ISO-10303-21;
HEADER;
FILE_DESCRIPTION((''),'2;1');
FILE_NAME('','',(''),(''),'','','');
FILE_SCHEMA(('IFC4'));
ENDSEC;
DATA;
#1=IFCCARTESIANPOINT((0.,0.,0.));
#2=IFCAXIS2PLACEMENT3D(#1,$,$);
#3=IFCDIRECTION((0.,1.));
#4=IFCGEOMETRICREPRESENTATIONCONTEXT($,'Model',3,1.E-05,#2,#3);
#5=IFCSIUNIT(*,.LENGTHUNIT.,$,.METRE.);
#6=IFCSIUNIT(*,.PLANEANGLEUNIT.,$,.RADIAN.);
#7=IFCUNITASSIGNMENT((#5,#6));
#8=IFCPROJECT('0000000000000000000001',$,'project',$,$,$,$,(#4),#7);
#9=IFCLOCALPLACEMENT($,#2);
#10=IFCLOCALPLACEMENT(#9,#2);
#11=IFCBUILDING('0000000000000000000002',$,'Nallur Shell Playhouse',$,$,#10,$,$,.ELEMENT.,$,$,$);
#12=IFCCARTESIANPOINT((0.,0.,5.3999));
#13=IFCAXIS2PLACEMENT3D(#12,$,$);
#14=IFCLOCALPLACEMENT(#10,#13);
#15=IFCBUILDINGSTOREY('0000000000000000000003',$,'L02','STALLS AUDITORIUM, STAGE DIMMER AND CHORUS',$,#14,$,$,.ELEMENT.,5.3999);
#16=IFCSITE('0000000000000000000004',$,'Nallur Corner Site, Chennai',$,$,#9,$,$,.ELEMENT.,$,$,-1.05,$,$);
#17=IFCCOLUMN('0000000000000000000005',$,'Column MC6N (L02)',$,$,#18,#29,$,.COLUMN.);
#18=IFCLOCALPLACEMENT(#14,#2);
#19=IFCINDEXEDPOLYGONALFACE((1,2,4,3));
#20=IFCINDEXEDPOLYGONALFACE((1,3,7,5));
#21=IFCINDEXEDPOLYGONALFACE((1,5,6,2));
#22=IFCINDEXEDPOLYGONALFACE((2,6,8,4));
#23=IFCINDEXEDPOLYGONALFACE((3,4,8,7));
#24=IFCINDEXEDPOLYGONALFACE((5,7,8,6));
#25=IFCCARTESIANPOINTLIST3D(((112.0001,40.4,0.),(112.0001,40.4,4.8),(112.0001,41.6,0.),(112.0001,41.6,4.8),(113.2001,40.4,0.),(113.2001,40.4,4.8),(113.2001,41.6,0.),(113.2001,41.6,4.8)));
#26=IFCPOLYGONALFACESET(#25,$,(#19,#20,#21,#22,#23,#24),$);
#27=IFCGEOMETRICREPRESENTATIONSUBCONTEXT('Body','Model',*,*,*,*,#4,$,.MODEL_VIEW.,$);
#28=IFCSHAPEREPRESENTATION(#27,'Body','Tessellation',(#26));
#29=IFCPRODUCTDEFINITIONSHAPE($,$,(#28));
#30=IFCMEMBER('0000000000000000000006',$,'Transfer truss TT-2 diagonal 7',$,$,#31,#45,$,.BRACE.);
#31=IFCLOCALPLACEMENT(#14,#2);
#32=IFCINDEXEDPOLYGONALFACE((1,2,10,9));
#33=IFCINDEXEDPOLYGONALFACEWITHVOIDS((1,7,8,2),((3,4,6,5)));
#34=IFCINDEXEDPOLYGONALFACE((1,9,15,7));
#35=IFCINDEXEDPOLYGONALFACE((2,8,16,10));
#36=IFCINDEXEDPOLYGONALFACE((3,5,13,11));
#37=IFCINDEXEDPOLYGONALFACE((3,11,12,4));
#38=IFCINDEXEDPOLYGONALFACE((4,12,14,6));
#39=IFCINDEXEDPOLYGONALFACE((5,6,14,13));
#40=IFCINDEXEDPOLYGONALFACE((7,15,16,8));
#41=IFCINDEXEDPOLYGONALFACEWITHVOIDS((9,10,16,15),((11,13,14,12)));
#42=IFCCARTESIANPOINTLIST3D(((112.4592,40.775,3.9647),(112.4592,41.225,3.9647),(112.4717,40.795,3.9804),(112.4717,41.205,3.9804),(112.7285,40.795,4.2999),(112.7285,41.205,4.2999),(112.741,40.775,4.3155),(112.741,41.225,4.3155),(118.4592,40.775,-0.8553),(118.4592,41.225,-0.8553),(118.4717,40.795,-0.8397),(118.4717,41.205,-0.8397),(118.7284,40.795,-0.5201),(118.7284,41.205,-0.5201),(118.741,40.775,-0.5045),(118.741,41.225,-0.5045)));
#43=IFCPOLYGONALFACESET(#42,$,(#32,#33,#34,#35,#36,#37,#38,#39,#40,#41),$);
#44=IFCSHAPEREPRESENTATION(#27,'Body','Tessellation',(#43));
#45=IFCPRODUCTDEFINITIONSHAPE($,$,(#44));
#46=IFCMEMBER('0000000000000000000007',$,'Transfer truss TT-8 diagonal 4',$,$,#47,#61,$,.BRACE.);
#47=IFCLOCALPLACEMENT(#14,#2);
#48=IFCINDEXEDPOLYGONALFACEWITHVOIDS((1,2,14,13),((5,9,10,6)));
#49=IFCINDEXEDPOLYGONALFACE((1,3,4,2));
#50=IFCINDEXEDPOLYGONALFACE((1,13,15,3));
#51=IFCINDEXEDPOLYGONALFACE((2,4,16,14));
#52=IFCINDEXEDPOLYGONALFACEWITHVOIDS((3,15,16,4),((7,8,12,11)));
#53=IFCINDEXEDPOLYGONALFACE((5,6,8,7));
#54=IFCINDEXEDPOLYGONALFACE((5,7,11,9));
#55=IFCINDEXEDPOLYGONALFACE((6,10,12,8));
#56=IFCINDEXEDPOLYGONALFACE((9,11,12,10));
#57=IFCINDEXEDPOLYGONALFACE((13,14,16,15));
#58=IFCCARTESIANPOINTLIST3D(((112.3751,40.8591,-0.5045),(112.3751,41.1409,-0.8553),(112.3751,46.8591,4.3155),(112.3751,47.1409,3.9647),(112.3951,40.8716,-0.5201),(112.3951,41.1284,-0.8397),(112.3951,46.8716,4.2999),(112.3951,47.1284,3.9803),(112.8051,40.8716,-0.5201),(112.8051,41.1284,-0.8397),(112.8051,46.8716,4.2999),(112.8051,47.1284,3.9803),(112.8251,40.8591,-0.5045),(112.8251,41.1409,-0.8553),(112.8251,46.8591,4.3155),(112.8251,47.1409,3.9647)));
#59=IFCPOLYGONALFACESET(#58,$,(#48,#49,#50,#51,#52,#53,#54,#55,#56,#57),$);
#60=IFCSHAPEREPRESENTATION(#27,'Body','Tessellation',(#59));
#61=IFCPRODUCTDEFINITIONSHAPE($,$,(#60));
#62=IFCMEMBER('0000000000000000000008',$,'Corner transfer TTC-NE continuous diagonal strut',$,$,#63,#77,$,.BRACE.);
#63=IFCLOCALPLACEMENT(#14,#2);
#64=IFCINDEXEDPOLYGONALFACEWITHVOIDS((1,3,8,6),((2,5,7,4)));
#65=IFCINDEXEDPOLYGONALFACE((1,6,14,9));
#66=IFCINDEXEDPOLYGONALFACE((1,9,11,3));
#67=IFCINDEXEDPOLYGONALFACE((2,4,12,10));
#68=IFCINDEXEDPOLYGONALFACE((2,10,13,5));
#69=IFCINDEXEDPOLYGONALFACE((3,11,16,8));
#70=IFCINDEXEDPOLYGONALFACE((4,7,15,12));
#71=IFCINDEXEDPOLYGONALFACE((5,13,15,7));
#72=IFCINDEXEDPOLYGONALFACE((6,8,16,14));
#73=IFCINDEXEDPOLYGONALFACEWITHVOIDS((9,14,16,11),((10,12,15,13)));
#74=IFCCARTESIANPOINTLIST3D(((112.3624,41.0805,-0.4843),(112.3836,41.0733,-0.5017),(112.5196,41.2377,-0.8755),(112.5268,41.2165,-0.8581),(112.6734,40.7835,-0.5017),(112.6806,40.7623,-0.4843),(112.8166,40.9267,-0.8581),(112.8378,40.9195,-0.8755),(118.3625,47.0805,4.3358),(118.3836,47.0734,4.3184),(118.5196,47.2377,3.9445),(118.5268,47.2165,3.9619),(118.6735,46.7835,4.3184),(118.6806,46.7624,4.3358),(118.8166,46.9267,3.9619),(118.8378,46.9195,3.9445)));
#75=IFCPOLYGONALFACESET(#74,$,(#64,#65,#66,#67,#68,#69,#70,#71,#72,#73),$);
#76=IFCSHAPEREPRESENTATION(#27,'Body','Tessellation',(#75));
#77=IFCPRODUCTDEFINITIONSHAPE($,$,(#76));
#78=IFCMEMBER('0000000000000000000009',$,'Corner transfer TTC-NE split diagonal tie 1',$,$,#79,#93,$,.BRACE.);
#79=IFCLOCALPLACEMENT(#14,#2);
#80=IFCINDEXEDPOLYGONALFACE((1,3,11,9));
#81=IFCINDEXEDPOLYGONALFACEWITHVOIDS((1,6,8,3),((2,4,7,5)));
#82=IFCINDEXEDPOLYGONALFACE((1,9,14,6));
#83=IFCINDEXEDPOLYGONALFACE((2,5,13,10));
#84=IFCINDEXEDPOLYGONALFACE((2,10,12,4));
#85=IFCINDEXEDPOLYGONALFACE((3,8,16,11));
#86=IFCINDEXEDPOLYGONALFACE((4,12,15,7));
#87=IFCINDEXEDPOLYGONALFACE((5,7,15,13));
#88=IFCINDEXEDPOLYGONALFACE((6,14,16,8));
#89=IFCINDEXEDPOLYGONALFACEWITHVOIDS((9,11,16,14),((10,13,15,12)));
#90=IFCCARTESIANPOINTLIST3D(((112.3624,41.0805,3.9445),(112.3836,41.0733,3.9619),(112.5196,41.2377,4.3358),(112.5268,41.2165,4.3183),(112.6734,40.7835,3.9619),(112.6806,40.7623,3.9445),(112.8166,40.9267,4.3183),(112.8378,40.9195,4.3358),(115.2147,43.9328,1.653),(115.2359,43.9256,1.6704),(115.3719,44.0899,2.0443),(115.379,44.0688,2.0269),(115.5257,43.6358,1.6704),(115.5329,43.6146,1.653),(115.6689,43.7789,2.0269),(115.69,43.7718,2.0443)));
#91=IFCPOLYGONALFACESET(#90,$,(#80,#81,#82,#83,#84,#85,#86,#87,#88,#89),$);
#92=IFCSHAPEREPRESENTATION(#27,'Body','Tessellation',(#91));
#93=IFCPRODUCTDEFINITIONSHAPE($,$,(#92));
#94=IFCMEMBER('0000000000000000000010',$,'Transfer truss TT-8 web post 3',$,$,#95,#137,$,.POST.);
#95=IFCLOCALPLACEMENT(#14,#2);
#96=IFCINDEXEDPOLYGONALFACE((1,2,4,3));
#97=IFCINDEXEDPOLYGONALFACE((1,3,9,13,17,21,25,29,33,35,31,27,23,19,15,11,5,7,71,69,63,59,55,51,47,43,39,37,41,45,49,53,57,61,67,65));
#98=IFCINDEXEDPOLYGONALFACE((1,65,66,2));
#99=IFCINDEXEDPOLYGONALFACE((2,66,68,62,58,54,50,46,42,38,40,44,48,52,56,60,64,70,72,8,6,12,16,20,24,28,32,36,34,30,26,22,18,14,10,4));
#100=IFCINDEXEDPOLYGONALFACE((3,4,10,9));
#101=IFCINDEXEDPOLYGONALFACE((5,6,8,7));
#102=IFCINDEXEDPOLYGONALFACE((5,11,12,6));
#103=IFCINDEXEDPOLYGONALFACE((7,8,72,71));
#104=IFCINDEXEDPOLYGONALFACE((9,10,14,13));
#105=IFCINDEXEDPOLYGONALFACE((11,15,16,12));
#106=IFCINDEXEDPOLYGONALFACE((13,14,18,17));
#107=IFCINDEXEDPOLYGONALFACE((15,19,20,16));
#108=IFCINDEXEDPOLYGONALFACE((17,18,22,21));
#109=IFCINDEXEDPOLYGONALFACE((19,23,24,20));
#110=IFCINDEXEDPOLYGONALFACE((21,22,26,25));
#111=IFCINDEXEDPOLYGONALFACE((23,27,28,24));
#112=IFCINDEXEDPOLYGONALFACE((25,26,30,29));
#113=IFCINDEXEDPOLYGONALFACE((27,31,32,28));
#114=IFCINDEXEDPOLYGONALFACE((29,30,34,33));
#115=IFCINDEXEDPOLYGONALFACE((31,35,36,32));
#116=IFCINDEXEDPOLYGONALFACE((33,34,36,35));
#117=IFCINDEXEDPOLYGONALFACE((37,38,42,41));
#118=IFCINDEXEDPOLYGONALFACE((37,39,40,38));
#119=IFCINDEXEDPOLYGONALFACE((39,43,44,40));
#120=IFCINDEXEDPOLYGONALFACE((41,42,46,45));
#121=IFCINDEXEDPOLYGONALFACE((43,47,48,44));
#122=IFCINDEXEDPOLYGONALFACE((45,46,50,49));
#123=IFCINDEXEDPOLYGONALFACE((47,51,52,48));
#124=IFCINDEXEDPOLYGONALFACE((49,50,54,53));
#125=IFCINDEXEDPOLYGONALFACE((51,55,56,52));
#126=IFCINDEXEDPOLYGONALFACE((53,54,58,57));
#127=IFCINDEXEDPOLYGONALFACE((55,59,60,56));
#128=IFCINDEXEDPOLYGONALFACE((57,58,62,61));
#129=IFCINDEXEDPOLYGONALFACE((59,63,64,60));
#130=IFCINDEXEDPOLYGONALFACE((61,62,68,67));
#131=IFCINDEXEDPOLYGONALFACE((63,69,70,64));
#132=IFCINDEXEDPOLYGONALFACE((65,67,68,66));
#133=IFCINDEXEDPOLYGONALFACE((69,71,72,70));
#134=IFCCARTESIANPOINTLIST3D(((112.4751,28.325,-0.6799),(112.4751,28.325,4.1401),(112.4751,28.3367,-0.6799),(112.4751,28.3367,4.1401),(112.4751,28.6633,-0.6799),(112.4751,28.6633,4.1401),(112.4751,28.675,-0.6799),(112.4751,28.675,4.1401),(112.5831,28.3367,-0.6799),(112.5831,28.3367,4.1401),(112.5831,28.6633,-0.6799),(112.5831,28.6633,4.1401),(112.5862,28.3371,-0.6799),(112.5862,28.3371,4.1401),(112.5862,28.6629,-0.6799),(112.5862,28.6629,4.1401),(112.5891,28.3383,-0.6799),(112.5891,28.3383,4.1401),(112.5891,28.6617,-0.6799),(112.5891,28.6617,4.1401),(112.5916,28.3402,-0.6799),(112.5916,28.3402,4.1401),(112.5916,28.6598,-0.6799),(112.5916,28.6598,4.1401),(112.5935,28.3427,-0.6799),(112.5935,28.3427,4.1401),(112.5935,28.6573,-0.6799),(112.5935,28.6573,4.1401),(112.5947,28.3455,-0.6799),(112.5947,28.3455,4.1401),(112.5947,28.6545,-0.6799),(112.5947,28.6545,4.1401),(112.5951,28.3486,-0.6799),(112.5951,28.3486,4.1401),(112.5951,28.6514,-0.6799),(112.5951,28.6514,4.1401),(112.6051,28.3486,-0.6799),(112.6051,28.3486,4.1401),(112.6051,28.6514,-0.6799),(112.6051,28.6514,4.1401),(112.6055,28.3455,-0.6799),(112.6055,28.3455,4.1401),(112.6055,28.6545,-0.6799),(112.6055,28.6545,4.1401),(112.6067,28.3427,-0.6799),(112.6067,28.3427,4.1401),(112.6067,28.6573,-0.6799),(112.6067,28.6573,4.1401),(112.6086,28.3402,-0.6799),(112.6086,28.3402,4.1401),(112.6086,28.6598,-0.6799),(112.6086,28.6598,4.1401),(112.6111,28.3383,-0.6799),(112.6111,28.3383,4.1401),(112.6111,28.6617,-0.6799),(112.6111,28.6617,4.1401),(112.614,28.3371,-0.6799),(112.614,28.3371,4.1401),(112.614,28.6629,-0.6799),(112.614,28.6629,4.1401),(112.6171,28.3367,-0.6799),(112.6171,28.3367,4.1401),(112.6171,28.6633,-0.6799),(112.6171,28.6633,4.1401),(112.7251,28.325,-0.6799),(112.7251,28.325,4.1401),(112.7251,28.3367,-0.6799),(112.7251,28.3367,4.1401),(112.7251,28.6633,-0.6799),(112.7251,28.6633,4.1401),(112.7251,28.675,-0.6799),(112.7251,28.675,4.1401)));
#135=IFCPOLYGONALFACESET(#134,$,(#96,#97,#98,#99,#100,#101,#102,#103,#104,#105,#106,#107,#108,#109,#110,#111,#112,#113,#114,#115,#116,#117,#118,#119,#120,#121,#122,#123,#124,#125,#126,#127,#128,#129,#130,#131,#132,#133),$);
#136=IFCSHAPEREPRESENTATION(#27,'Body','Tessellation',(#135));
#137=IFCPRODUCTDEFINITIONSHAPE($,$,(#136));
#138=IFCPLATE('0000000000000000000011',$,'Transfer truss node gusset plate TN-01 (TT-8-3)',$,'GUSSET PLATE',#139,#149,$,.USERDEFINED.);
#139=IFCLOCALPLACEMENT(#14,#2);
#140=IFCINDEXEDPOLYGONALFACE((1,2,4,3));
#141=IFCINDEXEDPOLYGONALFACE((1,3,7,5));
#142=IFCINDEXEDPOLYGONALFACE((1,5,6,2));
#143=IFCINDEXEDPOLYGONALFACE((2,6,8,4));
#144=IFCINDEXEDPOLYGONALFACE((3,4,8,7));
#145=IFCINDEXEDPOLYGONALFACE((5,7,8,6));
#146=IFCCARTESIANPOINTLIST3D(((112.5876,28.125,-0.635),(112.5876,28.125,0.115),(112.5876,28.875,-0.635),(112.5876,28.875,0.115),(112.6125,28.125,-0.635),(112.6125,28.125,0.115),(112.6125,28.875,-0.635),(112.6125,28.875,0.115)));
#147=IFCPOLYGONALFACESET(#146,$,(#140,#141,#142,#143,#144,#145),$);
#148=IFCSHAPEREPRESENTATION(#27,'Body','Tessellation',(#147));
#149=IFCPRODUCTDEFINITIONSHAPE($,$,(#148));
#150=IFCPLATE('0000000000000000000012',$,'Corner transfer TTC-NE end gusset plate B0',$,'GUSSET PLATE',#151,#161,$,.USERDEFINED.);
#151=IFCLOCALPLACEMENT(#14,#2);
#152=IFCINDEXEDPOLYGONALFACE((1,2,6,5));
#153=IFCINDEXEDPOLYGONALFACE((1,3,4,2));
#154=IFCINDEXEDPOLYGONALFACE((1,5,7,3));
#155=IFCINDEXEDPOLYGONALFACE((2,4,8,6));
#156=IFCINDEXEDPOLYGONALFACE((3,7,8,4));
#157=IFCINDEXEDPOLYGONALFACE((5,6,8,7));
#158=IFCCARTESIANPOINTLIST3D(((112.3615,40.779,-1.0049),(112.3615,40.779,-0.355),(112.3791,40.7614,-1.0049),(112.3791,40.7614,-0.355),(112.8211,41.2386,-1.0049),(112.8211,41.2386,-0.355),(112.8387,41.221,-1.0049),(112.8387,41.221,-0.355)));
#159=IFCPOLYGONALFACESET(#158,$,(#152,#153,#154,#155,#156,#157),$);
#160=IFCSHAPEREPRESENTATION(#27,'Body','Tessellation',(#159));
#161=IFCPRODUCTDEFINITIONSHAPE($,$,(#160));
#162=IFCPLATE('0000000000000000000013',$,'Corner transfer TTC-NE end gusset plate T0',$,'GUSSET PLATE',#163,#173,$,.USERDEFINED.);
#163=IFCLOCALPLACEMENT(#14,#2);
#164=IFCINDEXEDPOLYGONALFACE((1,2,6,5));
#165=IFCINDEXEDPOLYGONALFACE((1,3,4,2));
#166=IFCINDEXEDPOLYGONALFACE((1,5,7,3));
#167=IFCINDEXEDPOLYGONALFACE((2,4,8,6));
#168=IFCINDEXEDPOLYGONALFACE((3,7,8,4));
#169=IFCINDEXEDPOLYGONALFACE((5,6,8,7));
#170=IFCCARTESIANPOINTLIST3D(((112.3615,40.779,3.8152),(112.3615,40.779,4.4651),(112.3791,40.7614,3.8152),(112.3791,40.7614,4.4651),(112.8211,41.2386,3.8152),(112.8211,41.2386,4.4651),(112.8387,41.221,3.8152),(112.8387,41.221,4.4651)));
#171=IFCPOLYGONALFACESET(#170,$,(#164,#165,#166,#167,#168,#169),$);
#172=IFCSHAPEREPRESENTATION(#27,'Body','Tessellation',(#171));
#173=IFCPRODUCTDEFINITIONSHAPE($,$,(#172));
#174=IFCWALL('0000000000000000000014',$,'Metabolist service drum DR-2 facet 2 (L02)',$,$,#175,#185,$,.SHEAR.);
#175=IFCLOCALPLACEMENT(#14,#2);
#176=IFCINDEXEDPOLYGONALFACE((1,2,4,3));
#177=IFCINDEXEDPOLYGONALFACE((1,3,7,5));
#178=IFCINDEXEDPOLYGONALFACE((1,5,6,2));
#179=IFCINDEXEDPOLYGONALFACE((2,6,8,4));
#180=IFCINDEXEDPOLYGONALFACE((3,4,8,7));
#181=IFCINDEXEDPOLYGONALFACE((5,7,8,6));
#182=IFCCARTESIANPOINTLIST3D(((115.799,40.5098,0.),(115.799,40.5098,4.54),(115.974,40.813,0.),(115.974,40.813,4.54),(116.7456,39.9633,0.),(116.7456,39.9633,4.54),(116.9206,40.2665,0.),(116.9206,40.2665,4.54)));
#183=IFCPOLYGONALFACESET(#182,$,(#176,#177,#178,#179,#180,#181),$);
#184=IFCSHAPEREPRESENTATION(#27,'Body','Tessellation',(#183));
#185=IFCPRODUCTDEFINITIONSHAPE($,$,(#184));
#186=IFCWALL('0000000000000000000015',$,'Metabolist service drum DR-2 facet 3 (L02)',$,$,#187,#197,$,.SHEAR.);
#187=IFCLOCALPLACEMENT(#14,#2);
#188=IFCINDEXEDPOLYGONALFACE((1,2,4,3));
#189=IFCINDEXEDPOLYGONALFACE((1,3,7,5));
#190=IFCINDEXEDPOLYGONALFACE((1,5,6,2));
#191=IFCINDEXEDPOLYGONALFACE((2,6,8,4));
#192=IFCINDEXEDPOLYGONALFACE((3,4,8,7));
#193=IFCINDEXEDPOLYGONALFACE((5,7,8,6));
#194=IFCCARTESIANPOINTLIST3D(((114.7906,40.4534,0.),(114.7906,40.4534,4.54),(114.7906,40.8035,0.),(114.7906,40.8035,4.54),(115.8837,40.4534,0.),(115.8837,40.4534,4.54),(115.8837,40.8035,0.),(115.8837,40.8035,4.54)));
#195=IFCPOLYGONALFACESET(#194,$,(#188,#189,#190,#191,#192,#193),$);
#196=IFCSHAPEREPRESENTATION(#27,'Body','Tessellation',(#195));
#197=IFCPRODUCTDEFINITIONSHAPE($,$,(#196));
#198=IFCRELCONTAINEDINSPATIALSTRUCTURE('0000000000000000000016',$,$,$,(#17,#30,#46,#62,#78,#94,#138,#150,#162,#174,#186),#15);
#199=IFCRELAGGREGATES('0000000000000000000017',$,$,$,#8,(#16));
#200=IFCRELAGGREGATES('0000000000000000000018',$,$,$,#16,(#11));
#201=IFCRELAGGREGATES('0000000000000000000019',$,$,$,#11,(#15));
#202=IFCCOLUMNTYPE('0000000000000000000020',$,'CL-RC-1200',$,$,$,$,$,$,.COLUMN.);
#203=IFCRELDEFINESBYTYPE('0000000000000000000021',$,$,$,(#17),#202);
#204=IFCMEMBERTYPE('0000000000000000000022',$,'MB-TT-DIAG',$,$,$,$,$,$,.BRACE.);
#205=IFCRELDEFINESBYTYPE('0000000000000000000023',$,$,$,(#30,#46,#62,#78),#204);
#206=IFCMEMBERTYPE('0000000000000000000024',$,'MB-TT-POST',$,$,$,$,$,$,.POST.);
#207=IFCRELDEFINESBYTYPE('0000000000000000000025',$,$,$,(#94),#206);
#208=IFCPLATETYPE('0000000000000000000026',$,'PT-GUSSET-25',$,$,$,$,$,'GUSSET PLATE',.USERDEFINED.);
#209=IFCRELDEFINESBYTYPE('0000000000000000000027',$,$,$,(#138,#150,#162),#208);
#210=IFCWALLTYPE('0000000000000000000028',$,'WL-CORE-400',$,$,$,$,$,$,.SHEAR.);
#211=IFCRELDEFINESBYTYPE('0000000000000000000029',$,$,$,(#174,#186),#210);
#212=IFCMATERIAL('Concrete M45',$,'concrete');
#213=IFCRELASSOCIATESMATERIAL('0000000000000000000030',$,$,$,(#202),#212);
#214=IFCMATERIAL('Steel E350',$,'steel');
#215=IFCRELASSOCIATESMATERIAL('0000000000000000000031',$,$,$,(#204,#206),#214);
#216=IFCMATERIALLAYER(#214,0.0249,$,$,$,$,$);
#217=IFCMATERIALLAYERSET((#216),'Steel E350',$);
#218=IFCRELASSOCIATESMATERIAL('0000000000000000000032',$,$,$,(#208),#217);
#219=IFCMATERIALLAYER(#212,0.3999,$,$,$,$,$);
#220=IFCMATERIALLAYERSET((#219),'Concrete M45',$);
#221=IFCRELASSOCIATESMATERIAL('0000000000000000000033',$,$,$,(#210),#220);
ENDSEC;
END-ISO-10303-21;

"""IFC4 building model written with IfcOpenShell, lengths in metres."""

from ifc_helpers import new_model, si_unit, direction, frame, frame_2d, origin, origin_2d, place, context, subcontext, project, spatial, rectangle, hollow_rectangle, i_section, extrude, material, layer, layer_set, material_profile, profile_set, type_object, element, save


model = new_model("IFC4")

# Units and contexts
model_context = context("Model", 3, precision=1e-05, world=origin(), true_north=direction((0.0, 1.0)))
body_context = subcontext(model_context, "Body", "Model", "MODEL_VIEW")
ifc_project = project(units=[si_unit("LENGTHUNIT", "METRE"), si_unit("PLANEANGLEUNIT", "RADIAN")], contexts=[model_context])

# Site, building, storey
site_placement = place(None, origin())
site = spatial("IfcSite", under=ifc_project, at=site_placement, Name="Nallur Corner Site, Chennai", CompositionType="ELEMENT", RefElevation=-1.05)
building_placement = place(site_placement, origin())
building = spatial("IfcBuilding", under=site, at=building_placement, Name="Nallur Shell Playhouse", CompositionType="ELEMENT")
storey_placement = place(building_placement, frame((0.0, 0.0, 5.3999)))
storey = spatial("IfcBuildingStorey", under=building, at=storey_placement, Name="L02", Description="STALLS AUDITORIUM, STAGE DIMMER AND CHORUS", CompositionType="ELEMENT", Elevation=5.3999)

# Column
ifc_material_1 = material(Name="Concrete M45", Category="concrete")
ifc_material_profile_1 = material_profile(ifc_material_1, rectangle(XDim=1.2, YDim=1.2, at=origin_2d()), Name="RC 1200x1200")
ifc_profile_set_1 = profile_set([ifc_material_profile_1], Name="Concrete M45")
column_type = type_object("IfcColumnType", Name="CL-RC-1200", PredefinedType="COLUMN", material=ifc_profile_set_1)
column_placement = place(storey_placement, frame((112.6001, 41.0, 0.0), z_axis=(0.0, 0.0, 1.0), x_axis=(1.0, 0.0, 0.0)))
element("IfcColumn", 1, at=column_placement, inside=storey, type_object=column_type, Name="Column MC6N (L02)", PredefinedType="COLUMN", context=body_context, shape_type="SweptSolid", body=[
    extrude(rectangle(XDim=1.2, YDim=1.2, at=origin_2d()), origin(), (0.0, 0.0, 1.0), 4.8),
])

# Members
ifc_material_2 = material(Name="Steel E350", Category="steel")
ifc_material_profile_2 = material_profile(ifc_material_2, hollow_rectangle(XDim=0.45, YDim=0.45, WallThickness=0.02, at=origin_2d()), Name="BOX 450x450x20")
ifc_profile_set_2 = profile_set([ifc_material_profile_2], Name="Steel E350")
member_type_1 = type_object("IfcMemberType", Name="MB-TT-DIAG", PredefinedType="BRACE", material=ifc_profile_set_2)
for number, where, z_axis, x_axis, name in (
    (2, (112.6001, 41.0, 4.1401), (0.779595, 0.0, -0.626284), (0.0, 1.0, 0.0), "Transfer truss TT-2 diagonal 7"),
    (3, (112.6001, 41.0, -0.6799), (0.0, 0.779595, 0.626284), (-1.0, 0.0, 0.0), "Transfer truss TT-8 diagonal 4"),
):
    element("IfcMember", number, at=place(storey_placement, frame(where, z_axis=z_axis, x_axis=x_axis)), inside=storey, type_object=member_type_1, Name=name, PredefinedType="BRACE", context=body_context, shape_type="SweptSolid", body=[
        extrude(hollow_rectangle(XDim=0.45, YDim=0.45, WallThickness=0.02, at=origin_2d()), origin(), (0.0, 0.0, 1.0), 7.6963),
    ])
member_1_placement = place(storey_placement, frame((112.6001, 41.0, -0.6799), z_axis=(0.614833, 0.614833, 0.493923), x_axis=(-0.707107, 0.707107, 0.0)))
element("IfcMember", 4, at=member_1_placement, inside=storey, type_object=member_type_1, Name="Corner transfer TTC-NE continuous diagonal strut", PredefinedType="BRACE", context=body_context, shape_type="SweptSolid", body=[
    extrude(hollow_rectangle(XDim=0.45, YDim=0.45, WallThickness=0.02, at=origin_2d()), origin(), (0.0, 0.0, 1.0), 9.7588),
])
member_2_placement = place(storey_placement, frame((112.6001, 41.0, 4.1401), z_axis=(0.614825, 0.614825, -0.493944), x_axis=(-0.707107, 0.707107, 0.0)))
element("IfcMember", 5, at=member_2_placement, inside=storey, type_object=member_type_1, Name="Corner transfer TTC-NE split diagonal tie 1", PredefinedType="BRACE", context=body_context, shape_type="SweptSolid", body=[
    extrude(hollow_rectangle(XDim=0.45, YDim=0.45, WallThickness=0.02, at=origin_2d()), origin(), (0.0, 0.0, 1.0), 4.6392),
])
ifc_material_profile_3 = material_profile(ifc_material_2, i_section(OverallWidth=0.25, OverallDepth=0.3501, WebThickness=0.01, FlangeThickness=0.0117, FilletRadius=0.012, at=origin_2d()), Name="ISHB 350")
ifc_profile_set_3 = profile_set([ifc_material_profile_3], Name="Steel E350")
member_type_2 = type_object("IfcMemberType", Name="MB-TT-POST", PredefinedType="POST", material=ifc_profile_set_3)
member_3_placement = place(storey_placement, frame((112.6001, 28.5, -0.6799), z_axis=(0.0, 0.0, 1.0), x_axis=(1.0, 0.0, 0.0)))
element("IfcMember", 6, at=member_3_placement, inside=storey, type_object=member_type_2, Name="Transfer truss TT-8 web post 3", PredefinedType="POST", context=body_context, shape_type="SweptSolid", body=[
    extrude(i_section(OverallWidth=0.25, OverallDepth=0.3501, WebThickness=0.01, FlangeThickness=0.0117, FilletRadius=0.012, at=origin_2d()), origin(), (0.0, 0.0, 1.0), 4.8201),
])

# Plates
ifc_layer_1 = layer(ifc_material_2, 0.0249)
ifc_layer_set_1 = layer_set([ifc_layer_1], Name="Steel E350")
plate_type = type_object("IfcPlateType", Name="PT-GUSSET-25", ElementType="GUSSET PLATE", PredefinedType="USERDEFINED", material=ifc_layer_set_1)
plate_placement = place(storey_placement, frame((112.6001, 28.5, -0.635), z_axis=(0.0, 0.0, 1.0), x_axis=(1.0, 0.0, 0.0)))
element("IfcPlate", 7, at=plate_placement, inside=storey, type_object=plate_type, Name="Transfer truss node gusset plate TN-01 (TT-8-3)", ObjectType="GUSSET PLATE", PredefinedType="USERDEFINED", context=body_context, shape_type="SweptSolid", body=[
    extrude(rectangle(XDim=0.0249, YDim=0.75, at=origin_2d()), origin(), (0.0, 0.0, 1.0), 0.75),
])
for number, where, z_axis, x_axis, name in (
    (8, (112.6001, 41.0, -1.0049), (0.0, 0.0, 1.0), (0.707107, 0.707107, 0.0), "Corner transfer TTC-NE end gusset plate B0"),
    (9, (112.6001, 41.0, 3.8152), (0.0, 0.0, 1.0), (0.707107, 0.707107, 0.0), "Corner transfer TTC-NE end gusset plate T0"),
):
    element("IfcPlate", number, at=place(storey_placement, frame(where, z_axis=z_axis, x_axis=x_axis)), inside=storey, type_object=plate_type, Name=name, ObjectType="GUSSET PLATE", PredefinedType="USERDEFINED", context=body_context, shape_type="SweptSolid", body=[
        extrude(rectangle(XDim=0.6499, YDim=0.0249, at=origin_2d()), origin(), (0.0, 0.0, 1.0), 0.6499),
    ])

# Walls
ifc_layer_2 = layer(ifc_material_1, 0.3999)
ifc_layer_set_2 = layer_set([ifc_layer_2], Name="Concrete M45")
wall_type = type_object("IfcWallType", Name="WL-CORE-400", PredefinedType="SHEAR", material=ifc_layer_set_2)
for number, where, z_axis, x_axis, name in (
    (10, (116.833, 40.115, 0.0), (0.0, 0.0, 1.0), (-0.866063, 0.499935, 0.0), "Metabolist service drum DR-2 facet 2 (L02)"),
    (11, (115.8835, 40.6284, 0.0), (0.0, 0.0, 1.0), (-1.0, 0.0, 0.0), "Metabolist service drum DR-2 facet 3 (L02)"),
):
    element("IfcWall", number, at=place(storey_placement, frame(where, z_axis=z_axis, x_axis=x_axis)), inside=storey, type_object=wall_type, Name=name, PredefinedType="SHEAR", context=body_context, shape_type="SweptSolid", body=[
        extrude(rectangle(XDim=1.093, YDim=0.3501, at=frame_2d((0.5464, 0.0))), origin(), (0.0, 0.0, 1.0), 4.54),
    ])

save(model, "model.ifc")
